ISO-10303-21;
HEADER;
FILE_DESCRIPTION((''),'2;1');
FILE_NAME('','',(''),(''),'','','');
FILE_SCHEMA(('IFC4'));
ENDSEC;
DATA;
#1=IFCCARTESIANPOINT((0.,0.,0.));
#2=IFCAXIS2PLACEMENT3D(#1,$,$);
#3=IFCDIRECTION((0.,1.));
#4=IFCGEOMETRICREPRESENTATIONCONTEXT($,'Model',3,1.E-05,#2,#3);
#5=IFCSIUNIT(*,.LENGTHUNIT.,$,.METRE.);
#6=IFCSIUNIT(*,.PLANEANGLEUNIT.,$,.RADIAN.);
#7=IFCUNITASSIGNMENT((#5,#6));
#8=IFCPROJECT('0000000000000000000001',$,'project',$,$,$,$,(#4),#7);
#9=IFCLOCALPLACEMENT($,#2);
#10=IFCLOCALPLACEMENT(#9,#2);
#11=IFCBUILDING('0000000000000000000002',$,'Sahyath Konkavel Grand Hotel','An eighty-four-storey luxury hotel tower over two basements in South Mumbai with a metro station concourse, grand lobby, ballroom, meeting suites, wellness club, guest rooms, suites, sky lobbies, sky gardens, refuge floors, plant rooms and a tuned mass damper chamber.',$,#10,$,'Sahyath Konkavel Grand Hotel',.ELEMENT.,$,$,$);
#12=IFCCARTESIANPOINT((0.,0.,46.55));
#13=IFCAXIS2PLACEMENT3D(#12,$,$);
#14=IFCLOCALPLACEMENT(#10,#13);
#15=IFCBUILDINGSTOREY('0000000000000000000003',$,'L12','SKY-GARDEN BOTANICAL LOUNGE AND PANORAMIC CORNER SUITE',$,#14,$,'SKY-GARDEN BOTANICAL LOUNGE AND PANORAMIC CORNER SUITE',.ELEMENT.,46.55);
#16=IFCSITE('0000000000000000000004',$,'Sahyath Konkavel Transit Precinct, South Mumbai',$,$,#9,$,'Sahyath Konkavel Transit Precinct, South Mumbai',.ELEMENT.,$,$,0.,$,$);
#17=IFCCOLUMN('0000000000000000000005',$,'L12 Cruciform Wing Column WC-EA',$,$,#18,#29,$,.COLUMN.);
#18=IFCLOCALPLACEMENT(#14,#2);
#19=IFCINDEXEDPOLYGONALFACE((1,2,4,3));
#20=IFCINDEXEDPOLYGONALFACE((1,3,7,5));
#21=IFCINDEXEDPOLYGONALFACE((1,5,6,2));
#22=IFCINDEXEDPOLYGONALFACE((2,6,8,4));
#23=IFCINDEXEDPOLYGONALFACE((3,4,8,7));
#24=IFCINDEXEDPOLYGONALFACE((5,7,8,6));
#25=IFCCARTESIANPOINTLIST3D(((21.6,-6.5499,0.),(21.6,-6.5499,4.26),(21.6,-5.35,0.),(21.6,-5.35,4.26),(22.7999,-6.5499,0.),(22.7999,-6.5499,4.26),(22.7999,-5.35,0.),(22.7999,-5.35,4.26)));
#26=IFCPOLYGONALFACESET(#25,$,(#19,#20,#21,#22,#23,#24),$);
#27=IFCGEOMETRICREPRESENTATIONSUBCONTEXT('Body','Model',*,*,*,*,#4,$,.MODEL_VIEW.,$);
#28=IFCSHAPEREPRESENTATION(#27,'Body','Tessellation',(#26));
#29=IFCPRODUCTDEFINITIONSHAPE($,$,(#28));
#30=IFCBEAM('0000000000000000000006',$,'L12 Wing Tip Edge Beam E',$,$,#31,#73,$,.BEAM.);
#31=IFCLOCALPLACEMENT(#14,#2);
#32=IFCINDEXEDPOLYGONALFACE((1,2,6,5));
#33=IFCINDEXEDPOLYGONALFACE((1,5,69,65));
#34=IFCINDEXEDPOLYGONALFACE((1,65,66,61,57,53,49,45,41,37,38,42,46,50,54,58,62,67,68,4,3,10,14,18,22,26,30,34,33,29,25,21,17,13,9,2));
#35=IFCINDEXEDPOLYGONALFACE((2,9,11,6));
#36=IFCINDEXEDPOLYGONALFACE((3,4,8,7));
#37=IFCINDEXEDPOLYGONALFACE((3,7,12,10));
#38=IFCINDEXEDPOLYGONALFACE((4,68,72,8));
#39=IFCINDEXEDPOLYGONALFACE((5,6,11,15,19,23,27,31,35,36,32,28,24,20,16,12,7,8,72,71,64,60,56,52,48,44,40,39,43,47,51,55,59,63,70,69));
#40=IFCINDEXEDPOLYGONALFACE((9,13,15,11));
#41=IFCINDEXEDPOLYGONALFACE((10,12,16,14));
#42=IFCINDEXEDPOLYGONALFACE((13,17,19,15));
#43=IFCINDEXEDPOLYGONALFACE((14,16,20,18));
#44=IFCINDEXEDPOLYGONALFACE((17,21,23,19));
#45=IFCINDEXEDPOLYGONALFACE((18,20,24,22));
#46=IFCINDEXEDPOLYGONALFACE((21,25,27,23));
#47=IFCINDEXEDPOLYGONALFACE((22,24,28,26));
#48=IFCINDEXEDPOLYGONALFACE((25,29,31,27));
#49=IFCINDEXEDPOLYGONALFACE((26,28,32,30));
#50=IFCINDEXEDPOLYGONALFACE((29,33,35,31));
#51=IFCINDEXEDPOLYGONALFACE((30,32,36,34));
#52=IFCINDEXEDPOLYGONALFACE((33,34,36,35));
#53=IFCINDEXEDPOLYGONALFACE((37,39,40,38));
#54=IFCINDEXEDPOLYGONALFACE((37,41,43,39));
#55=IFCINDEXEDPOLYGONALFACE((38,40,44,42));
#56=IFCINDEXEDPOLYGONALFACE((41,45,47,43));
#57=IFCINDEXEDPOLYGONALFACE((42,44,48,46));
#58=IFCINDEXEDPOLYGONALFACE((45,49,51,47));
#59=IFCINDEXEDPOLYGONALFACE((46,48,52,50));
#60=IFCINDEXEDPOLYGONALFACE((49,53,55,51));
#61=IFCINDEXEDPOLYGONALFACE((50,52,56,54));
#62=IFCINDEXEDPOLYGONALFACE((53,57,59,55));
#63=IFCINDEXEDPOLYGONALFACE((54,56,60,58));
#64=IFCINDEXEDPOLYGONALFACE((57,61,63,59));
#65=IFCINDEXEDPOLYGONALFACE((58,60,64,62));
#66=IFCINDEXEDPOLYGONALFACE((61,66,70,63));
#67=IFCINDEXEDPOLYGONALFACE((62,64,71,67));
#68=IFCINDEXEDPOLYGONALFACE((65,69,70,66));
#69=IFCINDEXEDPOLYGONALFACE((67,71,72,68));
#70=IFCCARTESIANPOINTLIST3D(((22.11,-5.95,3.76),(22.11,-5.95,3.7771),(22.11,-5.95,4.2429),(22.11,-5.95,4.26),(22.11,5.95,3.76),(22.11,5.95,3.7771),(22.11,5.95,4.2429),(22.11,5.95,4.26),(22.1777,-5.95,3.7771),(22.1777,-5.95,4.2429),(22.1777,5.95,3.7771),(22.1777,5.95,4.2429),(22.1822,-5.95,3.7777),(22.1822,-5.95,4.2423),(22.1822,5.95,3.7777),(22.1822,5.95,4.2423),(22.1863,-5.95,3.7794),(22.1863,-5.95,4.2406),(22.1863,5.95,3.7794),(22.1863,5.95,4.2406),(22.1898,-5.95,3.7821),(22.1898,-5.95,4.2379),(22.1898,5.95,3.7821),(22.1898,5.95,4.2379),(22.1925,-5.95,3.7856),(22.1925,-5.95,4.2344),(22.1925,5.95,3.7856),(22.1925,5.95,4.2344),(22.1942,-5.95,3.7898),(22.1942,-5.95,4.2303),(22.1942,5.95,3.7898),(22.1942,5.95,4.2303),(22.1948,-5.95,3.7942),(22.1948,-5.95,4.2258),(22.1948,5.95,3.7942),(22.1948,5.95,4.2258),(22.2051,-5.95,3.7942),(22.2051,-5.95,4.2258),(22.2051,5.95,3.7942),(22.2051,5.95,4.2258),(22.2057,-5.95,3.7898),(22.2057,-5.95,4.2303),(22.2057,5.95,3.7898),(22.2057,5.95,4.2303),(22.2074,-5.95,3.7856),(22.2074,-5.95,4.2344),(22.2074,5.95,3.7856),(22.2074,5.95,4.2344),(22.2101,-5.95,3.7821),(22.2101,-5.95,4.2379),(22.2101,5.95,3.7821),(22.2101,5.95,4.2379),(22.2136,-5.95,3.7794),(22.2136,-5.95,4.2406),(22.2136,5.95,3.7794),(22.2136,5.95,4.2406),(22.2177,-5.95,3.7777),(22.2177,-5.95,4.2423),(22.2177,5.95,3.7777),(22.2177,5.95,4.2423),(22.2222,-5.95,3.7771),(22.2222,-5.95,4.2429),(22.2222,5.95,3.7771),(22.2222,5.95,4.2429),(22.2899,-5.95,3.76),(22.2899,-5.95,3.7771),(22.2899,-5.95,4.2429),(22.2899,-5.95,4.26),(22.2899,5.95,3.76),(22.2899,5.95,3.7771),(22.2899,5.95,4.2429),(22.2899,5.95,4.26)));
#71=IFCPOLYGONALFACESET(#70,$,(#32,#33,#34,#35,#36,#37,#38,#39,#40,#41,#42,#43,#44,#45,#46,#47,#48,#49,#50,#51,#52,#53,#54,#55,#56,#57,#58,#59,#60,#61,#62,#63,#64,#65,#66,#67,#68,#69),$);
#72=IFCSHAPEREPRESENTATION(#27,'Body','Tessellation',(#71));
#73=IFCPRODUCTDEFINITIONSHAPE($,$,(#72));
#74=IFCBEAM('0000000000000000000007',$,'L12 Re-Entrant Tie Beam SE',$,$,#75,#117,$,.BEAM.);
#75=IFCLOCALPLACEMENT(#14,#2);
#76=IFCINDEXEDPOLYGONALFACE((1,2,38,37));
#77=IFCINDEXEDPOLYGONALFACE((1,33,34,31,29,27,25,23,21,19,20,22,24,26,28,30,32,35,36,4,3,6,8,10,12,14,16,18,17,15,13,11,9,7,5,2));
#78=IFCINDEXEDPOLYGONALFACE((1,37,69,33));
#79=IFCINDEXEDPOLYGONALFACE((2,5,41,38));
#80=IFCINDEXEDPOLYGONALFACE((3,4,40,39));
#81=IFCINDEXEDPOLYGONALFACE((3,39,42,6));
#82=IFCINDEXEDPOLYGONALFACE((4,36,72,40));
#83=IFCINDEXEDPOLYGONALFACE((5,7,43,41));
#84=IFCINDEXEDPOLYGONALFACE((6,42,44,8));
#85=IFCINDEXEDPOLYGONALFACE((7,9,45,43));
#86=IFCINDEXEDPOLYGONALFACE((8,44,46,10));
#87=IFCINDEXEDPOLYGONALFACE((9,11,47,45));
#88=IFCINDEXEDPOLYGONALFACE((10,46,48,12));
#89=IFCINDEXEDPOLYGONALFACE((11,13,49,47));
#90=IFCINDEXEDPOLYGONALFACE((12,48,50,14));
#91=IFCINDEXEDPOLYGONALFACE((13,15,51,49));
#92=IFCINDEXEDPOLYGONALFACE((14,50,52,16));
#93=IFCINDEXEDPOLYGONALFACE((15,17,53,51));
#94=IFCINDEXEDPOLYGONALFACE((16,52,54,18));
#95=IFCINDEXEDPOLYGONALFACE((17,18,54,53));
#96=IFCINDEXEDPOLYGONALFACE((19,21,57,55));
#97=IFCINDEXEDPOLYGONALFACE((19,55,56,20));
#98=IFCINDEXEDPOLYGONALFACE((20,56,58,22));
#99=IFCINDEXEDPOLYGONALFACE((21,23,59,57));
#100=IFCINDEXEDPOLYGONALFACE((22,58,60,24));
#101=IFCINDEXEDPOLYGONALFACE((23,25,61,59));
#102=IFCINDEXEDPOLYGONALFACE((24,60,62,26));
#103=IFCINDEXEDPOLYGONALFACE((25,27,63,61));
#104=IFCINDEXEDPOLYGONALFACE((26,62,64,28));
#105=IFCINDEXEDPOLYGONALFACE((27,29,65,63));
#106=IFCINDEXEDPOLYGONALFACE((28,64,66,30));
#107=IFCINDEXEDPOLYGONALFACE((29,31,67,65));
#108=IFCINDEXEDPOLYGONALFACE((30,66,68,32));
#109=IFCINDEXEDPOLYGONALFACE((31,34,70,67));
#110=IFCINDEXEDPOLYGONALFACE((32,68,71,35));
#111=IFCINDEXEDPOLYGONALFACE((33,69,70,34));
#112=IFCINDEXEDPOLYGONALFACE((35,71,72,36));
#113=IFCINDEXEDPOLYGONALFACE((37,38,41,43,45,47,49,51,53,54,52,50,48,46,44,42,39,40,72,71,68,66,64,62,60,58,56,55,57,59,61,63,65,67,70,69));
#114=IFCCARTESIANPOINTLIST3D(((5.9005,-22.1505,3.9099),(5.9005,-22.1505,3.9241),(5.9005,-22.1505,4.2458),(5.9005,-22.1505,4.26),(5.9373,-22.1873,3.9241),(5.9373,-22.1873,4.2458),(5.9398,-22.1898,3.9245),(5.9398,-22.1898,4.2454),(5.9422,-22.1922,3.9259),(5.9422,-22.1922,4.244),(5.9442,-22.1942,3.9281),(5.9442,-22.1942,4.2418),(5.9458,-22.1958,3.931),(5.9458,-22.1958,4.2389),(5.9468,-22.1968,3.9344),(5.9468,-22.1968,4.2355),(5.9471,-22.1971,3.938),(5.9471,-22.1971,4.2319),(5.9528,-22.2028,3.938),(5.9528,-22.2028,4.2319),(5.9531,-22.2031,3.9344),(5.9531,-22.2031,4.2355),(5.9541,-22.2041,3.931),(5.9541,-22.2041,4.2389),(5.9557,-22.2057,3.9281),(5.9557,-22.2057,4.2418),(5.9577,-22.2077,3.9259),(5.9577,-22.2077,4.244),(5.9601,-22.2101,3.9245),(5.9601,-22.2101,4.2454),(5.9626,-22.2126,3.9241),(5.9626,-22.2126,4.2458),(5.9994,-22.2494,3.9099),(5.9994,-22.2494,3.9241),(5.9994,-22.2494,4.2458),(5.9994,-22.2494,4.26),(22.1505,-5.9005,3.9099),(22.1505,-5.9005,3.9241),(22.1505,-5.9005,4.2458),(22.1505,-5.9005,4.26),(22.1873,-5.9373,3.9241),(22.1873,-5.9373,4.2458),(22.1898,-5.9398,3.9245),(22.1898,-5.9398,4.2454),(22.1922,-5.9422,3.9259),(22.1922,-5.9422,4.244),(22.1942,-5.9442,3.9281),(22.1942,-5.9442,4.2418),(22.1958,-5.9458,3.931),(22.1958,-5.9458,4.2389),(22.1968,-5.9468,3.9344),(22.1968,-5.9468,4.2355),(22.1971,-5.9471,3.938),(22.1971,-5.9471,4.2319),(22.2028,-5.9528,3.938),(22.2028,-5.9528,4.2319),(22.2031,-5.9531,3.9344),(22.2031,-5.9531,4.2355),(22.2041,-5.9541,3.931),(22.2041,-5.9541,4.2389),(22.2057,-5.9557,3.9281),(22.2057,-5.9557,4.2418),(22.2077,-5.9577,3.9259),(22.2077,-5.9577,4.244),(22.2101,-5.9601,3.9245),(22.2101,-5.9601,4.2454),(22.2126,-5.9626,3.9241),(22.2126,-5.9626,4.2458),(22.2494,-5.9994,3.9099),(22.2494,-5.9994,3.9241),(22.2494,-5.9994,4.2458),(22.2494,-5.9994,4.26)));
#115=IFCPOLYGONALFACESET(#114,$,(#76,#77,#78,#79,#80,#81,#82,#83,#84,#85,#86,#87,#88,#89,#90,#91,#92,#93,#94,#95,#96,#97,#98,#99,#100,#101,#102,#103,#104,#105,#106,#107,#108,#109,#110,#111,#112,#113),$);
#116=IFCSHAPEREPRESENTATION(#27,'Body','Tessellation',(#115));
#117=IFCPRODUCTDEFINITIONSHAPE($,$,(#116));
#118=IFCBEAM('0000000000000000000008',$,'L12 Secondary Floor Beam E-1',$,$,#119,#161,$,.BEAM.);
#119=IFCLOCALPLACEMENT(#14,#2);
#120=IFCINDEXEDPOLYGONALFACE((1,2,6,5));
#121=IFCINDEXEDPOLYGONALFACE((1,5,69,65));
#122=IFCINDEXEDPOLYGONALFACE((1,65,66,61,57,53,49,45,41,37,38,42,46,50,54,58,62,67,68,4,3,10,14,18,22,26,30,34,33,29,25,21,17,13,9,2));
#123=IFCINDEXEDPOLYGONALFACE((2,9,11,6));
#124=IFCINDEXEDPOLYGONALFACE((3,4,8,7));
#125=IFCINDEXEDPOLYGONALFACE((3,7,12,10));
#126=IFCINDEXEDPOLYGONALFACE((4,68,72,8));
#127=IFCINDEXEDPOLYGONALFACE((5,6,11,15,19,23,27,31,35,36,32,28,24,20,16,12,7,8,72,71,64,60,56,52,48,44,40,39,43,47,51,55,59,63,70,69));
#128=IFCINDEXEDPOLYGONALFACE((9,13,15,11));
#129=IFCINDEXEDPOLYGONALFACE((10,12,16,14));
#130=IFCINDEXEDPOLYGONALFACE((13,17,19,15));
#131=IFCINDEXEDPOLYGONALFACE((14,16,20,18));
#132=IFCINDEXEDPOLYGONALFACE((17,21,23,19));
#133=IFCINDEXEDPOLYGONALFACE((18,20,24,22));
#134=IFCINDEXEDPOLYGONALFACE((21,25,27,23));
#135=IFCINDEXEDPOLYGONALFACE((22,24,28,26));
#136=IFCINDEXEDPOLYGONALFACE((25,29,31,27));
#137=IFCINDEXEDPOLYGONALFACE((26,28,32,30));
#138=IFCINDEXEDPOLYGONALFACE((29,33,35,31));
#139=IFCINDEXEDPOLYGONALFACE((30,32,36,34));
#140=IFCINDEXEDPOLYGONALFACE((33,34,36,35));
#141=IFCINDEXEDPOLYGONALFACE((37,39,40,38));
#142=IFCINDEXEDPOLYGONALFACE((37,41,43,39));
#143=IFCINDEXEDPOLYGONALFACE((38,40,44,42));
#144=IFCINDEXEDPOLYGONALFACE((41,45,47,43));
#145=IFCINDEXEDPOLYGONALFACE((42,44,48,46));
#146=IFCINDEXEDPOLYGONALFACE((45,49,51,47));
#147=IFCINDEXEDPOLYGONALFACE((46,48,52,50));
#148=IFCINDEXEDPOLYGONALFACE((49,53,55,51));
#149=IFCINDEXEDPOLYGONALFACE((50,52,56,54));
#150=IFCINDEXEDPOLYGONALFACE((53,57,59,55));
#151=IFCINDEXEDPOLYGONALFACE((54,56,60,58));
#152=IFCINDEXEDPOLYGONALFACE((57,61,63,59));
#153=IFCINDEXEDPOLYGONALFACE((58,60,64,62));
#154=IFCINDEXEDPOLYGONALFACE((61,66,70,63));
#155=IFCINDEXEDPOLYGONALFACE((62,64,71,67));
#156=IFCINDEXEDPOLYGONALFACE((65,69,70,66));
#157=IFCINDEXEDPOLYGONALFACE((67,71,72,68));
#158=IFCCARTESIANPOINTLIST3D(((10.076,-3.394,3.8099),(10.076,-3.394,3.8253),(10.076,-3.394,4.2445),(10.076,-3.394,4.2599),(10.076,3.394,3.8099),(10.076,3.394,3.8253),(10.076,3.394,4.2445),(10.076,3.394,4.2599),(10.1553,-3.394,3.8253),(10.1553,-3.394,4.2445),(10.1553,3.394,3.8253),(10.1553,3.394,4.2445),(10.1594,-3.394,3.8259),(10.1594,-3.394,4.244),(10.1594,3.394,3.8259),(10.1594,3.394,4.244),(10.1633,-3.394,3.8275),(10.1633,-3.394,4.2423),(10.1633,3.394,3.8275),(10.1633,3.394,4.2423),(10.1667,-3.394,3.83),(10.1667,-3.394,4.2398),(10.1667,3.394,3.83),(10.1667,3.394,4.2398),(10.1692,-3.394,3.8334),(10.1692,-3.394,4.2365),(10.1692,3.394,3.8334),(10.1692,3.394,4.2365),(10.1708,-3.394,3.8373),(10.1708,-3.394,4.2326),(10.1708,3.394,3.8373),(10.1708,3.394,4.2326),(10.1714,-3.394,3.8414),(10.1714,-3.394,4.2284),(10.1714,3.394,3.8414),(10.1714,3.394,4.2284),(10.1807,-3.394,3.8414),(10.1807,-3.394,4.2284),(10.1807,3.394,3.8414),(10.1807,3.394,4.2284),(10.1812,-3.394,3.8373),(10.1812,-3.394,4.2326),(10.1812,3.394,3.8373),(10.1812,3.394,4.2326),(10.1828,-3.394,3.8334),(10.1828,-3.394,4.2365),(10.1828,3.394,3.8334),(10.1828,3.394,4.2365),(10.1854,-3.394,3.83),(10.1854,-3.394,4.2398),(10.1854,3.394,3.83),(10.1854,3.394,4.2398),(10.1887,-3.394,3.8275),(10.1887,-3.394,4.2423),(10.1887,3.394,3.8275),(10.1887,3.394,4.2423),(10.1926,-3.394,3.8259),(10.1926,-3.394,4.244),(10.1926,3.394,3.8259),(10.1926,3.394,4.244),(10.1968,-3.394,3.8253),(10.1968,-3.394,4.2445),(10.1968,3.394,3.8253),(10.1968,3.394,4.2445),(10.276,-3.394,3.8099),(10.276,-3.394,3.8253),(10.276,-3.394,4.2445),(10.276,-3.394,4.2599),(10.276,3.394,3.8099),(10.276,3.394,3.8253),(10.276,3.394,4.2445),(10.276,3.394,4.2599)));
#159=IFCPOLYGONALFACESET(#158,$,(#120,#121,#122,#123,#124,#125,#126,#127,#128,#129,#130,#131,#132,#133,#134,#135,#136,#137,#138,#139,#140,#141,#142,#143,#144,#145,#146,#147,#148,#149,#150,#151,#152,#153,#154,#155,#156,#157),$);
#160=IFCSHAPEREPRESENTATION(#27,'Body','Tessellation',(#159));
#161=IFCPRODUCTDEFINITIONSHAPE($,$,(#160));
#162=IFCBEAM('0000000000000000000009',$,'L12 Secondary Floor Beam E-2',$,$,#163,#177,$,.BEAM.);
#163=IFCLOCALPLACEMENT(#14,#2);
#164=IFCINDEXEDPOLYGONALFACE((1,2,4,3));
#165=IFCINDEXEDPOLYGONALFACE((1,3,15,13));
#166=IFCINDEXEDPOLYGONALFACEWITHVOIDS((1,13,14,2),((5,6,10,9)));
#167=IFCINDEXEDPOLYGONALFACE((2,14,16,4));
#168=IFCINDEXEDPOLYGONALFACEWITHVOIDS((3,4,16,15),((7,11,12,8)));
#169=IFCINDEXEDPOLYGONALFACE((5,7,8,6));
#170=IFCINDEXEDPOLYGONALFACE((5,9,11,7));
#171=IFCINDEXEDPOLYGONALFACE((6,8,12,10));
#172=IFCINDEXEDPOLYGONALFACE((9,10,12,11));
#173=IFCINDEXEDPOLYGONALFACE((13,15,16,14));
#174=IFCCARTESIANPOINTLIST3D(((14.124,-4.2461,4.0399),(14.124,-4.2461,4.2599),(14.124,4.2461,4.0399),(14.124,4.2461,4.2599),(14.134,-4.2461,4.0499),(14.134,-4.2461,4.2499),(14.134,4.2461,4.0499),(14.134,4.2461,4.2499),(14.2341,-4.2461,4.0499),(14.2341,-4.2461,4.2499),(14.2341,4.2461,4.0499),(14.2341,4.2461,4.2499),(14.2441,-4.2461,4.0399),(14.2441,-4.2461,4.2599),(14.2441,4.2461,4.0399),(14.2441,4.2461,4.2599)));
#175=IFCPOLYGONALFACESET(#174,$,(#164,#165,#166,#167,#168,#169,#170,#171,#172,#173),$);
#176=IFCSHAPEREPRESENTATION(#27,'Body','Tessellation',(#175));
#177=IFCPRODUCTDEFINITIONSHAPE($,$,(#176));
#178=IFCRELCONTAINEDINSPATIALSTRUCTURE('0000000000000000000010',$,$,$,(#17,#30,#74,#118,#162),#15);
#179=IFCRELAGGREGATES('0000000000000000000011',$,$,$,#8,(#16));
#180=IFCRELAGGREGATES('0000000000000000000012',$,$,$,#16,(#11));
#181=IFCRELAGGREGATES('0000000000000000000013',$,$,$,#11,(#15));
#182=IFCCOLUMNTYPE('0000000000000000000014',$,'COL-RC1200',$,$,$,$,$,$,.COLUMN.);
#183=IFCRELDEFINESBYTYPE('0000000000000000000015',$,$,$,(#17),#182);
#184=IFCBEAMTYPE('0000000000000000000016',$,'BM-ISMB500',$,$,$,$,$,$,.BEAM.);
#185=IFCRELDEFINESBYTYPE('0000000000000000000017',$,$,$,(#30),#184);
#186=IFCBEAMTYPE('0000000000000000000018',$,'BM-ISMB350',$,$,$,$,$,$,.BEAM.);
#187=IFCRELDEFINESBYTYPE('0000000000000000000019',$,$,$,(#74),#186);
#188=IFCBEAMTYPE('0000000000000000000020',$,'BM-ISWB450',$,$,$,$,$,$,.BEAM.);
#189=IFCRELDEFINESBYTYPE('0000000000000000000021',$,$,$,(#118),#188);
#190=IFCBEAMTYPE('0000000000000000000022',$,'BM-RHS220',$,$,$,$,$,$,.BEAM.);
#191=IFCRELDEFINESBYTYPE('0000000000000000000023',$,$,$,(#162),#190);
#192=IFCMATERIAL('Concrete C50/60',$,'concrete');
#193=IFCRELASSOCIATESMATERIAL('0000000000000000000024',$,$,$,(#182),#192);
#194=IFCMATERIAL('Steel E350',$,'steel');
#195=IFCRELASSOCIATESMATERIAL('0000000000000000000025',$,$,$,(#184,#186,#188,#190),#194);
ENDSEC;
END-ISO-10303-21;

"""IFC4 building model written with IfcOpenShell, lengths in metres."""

from ifc_helpers import new_model, si_unit, direction, frame, origin, origin_2d, place, context, subcontext, project, spatial, rectangle, hollow_rectangle, i_section, extrude, source, transform, mapped, material, material_profile, profile_set, type_object, element, save


model = new_model("IFC4")

# Units and contexts
model_context = context("Model", 3, precision=1e-05, world=origin(), true_north=direction((0.0, 1.0)))
body_context = subcontext(model_context, "Body", "Model", "MODEL_VIEW")
ifc_project = project(units=[si_unit("LENGTHUNIT", "METRE"), si_unit("PLANEANGLEUNIT", "RADIAN")], contexts=[model_context])

# Site, building, storey
site_placement = place(None, origin())
site = spatial("IfcSite", under=ifc_project, at=site_placement, Name="Sahyath Konkavel Transit Precinct, South Mumbai", LongName="Sahyath Konkavel Transit Precinct, South Mumbai", CompositionType="ELEMENT", RefElevation=0.0)
building_placement = place(site_placement, origin())
building = spatial("IfcBuilding", under=site, at=building_placement, Name="Sahyath Konkavel Grand Hotel", Description="An eighty-four-storey luxury hotel tower over two basements in South Mumbai with a metro station concourse, grand lobby, ballroom, meeting suites, wellness club, guest rooms, suites, sky lobbies, sky gardens, refuge floors, plant rooms and a tuned mass damper chamber.", LongName="Sahyath Konkavel Grand Hotel", CompositionType="ELEMENT")
storey_placement = place(building_placement, frame((0.0, 0.0, 46.55)))
storey = spatial("IfcBuildingStorey", under=building, at=storey_placement, Name="L12", Description="SKY-GARDEN BOTANICAL LOUNGE AND PANORAMIC CORNER SUITE", LongName="SKY-GARDEN BOTANICAL LOUNGE AND PANORAMIC CORNER SUITE", CompositionType="ELEMENT", Elevation=46.55)

# Column
ifc_material_1 = material(Name="Concrete C50/60", Category="concrete")
ifc_material_profile_1 = material_profile(ifc_material_1, rectangle(XDim=1.2, YDim=1.2, at=origin_2d()), Name="RC 1200x1200")
ifc_profile_set_1 = profile_set([ifc_material_profile_1], Name="Concrete C50/60")
column_type = type_object("IfcColumnType", Name="COL-RC1200", PredefinedType="COLUMN", material=ifc_profile_set_1)
shared_shape_1 = source(origin(), body_context, "Body", "SweptSolid", [
    extrude(rectangle(XDim=1.2, YDim=1.2, at=origin_2d()), origin(), (0.0, 0.0, 1.0), 4.26),
])
column_placement = place(storey_placement, frame((22.2, -5.95, 0.0), z_axis=(0.0, 0.0, 1.0), x_axis=(1.0, 0.0, 0.0)))
element("IfcColumn", 1, at=column_placement, inside=storey, type_object=column_type, Name="L12 Cruciform Wing Column WC-EA", PredefinedType="COLUMN", context=body_context, shape_type="MappedRepresentation", body=[
    mapped(shared_shape_1, transform((0.0, 0.0, 0.0), scale=1.0)),
])

# Beams
ifc_material_2 = material(Name="Steel E350", Category="steel")
ifc_material_profile_2 = material_profile(ifc_material_2, i_section(OverallWidth=0.1799, OverallDepth=0.5, WebThickness=0.0103, FlangeThickness=0.0171, FilletRadius=0.0171, at=origin_2d()), Name="ISMB 500")
ifc_profile_set_2 = profile_set([ifc_material_profile_2], Name="Steel E350")
beam_type_1 = type_object("IfcBeamType", Name="BM-ISMB500", PredefinedType="BEAM", material=ifc_profile_set_2)
shared_shape_2 = source(origin(), body_context, "Body", "SweptSolid", [
    extrude(i_section(OverallWidth=0.1799, OverallDepth=0.5, WebThickness=0.0103, FlangeThickness=0.0171, FilletRadius=0.0171, at=origin_2d()), origin(), (0.0, 0.0, 1.0), 11.8999),
])
beam_1_placement = place(storey_placement, frame((22.2, -5.95, 4.01), z_axis=(0.0, 1.0, 0.0), x_axis=(-1.0, 0.0, 0.0)))
element("IfcBeam", 2, at=beam_1_placement, inside=storey, type_object=beam_type_1, Name="L12 Wing Tip Edge Beam E", PredefinedType="BEAM", context=body_context, shape_type="MappedRepresentation", body=[
    mapped(shared_shape_2, transform((0.0, 0.0, 0.0), scale=1.0)),
])
ifc_material_profile_3 = material_profile(ifc_material_2, i_section(OverallWidth=0.1399, OverallDepth=0.3501, WebThickness=0.0081, FlangeThickness=0.0142, FilletRadius=0.0139, at=origin_2d()), Name="ISMB 350")
ifc_profile_set_3 = profile_set([ifc_material_profile_3], Name="Steel E350")
beam_type_2 = type_object("IfcBeamType", Name="BM-ISMB350", PredefinedType="BEAM", material=ifc_profile_set_3)
shared_shape_3 = source(origin(), body_context, "Body", "SweptSolid", [
    extrude(i_section(OverallWidth=0.1399, OverallDepth=0.3501, WebThickness=0.0081, FlangeThickness=0.0142, FilletRadius=0.0139, at=origin_2d()), origin(), (0.0, 0.0, 1.0), 22.981),
])
beam_2_placement = place(storey_placement, frame((22.2, -5.95, 4.085), z_axis=(-0.707107, -0.707107, 0.0), x_axis=(0.707107, -0.707107, 0.0)))
element("IfcBeam", 3, at=beam_2_placement, inside=storey, type_object=beam_type_2, Name="L12 Re-Entrant Tie Beam SE", PredefinedType="BEAM", context=body_context, shape_type="MappedRepresentation", body=[
    mapped(shared_shape_3, transform((0.0, 0.0, 0.0), scale=1.0)),
])
ifc_material_profile_4 = material_profile(ifc_material_2, i_section(OverallWidth=0.2, OverallDepth=0.45, WebThickness=0.0093, FlangeThickness=0.0154, FilletRadius=0.0161, at=origin_2d()), Name="ISWB 450")
ifc_profile_set_4 = profile_set([ifc_material_profile_4], Name="Steel E350")
beam_type_3 = type_object("IfcBeamType", Name="BM-ISWB450", PredefinedType="BEAM", material=ifc_profile_set_4)
shared_shape_4 = source(origin(), body_context, "Body", "SweptSolid", [
    extrude(i_section(OverallWidth=0.2, OverallDepth=0.45, WebThickness=0.0093, FlangeThickness=0.0154, FilletRadius=0.0161, at=origin_2d()), origin(), (0.0, 0.0, 1.0), 6.7881),
])
beam_3_placement = place(storey_placement, frame((10.176, -3.394, 4.0349), z_axis=(0.0, 1.0, 0.0), x_axis=(-1.0, 0.0, 0.0)))
element("IfcBeam", 4, at=beam_3_placement, inside=storey, type_object=beam_type_3, Name="L12 Secondary Floor Beam E-1", PredefinedType="BEAM", context=body_context, shape_type="MappedRepresentation", body=[
    mapped(shared_shape_4, transform((0.0, 0.0, 0.0), scale=1.0)),
])
ifc_material_profile_5 = material_profile(ifc_material_2, hollow_rectangle(XDim=0.1201, YDim=0.22, WallThickness=0.01, at=origin_2d()), Name="RHS 220x120x10")
ifc_profile_set_5 = profile_set([ifc_material_profile_5], Name="Steel E350")
beam_type_4 = type_object("IfcBeamType", Name="BM-RHS220", PredefinedType="BEAM", material=ifc_profile_set_5)
shared_shape_5 = source(origin(), body_context, "Body", "SweptSolid", [
    extrude(hollow_rectangle(XDim=0.1201, YDim=0.22, WallThickness=0.01, at=origin_2d()), origin(), (0.0, 0.0, 1.0), 8.4922),
])
beam_4_placement = place(storey_placement, frame((14.1841, -4.2461, 4.1499), z_axis=(0.0, 1.0, 0.0), x_axis=(-1.0, 0.0, 0.0)))
element("IfcBeam", 5, at=beam_4_placement, inside=storey, type_object=beam_type_4, Name="L12 Secondary Floor Beam E-2", PredefinedType="BEAM", context=body_context, shape_type="MappedRepresentation", body=[
    mapped(shared_shape_5, transform((0.0, 0.0, 0.0), scale=1.0)),
])

save(model, "model.ifc")
